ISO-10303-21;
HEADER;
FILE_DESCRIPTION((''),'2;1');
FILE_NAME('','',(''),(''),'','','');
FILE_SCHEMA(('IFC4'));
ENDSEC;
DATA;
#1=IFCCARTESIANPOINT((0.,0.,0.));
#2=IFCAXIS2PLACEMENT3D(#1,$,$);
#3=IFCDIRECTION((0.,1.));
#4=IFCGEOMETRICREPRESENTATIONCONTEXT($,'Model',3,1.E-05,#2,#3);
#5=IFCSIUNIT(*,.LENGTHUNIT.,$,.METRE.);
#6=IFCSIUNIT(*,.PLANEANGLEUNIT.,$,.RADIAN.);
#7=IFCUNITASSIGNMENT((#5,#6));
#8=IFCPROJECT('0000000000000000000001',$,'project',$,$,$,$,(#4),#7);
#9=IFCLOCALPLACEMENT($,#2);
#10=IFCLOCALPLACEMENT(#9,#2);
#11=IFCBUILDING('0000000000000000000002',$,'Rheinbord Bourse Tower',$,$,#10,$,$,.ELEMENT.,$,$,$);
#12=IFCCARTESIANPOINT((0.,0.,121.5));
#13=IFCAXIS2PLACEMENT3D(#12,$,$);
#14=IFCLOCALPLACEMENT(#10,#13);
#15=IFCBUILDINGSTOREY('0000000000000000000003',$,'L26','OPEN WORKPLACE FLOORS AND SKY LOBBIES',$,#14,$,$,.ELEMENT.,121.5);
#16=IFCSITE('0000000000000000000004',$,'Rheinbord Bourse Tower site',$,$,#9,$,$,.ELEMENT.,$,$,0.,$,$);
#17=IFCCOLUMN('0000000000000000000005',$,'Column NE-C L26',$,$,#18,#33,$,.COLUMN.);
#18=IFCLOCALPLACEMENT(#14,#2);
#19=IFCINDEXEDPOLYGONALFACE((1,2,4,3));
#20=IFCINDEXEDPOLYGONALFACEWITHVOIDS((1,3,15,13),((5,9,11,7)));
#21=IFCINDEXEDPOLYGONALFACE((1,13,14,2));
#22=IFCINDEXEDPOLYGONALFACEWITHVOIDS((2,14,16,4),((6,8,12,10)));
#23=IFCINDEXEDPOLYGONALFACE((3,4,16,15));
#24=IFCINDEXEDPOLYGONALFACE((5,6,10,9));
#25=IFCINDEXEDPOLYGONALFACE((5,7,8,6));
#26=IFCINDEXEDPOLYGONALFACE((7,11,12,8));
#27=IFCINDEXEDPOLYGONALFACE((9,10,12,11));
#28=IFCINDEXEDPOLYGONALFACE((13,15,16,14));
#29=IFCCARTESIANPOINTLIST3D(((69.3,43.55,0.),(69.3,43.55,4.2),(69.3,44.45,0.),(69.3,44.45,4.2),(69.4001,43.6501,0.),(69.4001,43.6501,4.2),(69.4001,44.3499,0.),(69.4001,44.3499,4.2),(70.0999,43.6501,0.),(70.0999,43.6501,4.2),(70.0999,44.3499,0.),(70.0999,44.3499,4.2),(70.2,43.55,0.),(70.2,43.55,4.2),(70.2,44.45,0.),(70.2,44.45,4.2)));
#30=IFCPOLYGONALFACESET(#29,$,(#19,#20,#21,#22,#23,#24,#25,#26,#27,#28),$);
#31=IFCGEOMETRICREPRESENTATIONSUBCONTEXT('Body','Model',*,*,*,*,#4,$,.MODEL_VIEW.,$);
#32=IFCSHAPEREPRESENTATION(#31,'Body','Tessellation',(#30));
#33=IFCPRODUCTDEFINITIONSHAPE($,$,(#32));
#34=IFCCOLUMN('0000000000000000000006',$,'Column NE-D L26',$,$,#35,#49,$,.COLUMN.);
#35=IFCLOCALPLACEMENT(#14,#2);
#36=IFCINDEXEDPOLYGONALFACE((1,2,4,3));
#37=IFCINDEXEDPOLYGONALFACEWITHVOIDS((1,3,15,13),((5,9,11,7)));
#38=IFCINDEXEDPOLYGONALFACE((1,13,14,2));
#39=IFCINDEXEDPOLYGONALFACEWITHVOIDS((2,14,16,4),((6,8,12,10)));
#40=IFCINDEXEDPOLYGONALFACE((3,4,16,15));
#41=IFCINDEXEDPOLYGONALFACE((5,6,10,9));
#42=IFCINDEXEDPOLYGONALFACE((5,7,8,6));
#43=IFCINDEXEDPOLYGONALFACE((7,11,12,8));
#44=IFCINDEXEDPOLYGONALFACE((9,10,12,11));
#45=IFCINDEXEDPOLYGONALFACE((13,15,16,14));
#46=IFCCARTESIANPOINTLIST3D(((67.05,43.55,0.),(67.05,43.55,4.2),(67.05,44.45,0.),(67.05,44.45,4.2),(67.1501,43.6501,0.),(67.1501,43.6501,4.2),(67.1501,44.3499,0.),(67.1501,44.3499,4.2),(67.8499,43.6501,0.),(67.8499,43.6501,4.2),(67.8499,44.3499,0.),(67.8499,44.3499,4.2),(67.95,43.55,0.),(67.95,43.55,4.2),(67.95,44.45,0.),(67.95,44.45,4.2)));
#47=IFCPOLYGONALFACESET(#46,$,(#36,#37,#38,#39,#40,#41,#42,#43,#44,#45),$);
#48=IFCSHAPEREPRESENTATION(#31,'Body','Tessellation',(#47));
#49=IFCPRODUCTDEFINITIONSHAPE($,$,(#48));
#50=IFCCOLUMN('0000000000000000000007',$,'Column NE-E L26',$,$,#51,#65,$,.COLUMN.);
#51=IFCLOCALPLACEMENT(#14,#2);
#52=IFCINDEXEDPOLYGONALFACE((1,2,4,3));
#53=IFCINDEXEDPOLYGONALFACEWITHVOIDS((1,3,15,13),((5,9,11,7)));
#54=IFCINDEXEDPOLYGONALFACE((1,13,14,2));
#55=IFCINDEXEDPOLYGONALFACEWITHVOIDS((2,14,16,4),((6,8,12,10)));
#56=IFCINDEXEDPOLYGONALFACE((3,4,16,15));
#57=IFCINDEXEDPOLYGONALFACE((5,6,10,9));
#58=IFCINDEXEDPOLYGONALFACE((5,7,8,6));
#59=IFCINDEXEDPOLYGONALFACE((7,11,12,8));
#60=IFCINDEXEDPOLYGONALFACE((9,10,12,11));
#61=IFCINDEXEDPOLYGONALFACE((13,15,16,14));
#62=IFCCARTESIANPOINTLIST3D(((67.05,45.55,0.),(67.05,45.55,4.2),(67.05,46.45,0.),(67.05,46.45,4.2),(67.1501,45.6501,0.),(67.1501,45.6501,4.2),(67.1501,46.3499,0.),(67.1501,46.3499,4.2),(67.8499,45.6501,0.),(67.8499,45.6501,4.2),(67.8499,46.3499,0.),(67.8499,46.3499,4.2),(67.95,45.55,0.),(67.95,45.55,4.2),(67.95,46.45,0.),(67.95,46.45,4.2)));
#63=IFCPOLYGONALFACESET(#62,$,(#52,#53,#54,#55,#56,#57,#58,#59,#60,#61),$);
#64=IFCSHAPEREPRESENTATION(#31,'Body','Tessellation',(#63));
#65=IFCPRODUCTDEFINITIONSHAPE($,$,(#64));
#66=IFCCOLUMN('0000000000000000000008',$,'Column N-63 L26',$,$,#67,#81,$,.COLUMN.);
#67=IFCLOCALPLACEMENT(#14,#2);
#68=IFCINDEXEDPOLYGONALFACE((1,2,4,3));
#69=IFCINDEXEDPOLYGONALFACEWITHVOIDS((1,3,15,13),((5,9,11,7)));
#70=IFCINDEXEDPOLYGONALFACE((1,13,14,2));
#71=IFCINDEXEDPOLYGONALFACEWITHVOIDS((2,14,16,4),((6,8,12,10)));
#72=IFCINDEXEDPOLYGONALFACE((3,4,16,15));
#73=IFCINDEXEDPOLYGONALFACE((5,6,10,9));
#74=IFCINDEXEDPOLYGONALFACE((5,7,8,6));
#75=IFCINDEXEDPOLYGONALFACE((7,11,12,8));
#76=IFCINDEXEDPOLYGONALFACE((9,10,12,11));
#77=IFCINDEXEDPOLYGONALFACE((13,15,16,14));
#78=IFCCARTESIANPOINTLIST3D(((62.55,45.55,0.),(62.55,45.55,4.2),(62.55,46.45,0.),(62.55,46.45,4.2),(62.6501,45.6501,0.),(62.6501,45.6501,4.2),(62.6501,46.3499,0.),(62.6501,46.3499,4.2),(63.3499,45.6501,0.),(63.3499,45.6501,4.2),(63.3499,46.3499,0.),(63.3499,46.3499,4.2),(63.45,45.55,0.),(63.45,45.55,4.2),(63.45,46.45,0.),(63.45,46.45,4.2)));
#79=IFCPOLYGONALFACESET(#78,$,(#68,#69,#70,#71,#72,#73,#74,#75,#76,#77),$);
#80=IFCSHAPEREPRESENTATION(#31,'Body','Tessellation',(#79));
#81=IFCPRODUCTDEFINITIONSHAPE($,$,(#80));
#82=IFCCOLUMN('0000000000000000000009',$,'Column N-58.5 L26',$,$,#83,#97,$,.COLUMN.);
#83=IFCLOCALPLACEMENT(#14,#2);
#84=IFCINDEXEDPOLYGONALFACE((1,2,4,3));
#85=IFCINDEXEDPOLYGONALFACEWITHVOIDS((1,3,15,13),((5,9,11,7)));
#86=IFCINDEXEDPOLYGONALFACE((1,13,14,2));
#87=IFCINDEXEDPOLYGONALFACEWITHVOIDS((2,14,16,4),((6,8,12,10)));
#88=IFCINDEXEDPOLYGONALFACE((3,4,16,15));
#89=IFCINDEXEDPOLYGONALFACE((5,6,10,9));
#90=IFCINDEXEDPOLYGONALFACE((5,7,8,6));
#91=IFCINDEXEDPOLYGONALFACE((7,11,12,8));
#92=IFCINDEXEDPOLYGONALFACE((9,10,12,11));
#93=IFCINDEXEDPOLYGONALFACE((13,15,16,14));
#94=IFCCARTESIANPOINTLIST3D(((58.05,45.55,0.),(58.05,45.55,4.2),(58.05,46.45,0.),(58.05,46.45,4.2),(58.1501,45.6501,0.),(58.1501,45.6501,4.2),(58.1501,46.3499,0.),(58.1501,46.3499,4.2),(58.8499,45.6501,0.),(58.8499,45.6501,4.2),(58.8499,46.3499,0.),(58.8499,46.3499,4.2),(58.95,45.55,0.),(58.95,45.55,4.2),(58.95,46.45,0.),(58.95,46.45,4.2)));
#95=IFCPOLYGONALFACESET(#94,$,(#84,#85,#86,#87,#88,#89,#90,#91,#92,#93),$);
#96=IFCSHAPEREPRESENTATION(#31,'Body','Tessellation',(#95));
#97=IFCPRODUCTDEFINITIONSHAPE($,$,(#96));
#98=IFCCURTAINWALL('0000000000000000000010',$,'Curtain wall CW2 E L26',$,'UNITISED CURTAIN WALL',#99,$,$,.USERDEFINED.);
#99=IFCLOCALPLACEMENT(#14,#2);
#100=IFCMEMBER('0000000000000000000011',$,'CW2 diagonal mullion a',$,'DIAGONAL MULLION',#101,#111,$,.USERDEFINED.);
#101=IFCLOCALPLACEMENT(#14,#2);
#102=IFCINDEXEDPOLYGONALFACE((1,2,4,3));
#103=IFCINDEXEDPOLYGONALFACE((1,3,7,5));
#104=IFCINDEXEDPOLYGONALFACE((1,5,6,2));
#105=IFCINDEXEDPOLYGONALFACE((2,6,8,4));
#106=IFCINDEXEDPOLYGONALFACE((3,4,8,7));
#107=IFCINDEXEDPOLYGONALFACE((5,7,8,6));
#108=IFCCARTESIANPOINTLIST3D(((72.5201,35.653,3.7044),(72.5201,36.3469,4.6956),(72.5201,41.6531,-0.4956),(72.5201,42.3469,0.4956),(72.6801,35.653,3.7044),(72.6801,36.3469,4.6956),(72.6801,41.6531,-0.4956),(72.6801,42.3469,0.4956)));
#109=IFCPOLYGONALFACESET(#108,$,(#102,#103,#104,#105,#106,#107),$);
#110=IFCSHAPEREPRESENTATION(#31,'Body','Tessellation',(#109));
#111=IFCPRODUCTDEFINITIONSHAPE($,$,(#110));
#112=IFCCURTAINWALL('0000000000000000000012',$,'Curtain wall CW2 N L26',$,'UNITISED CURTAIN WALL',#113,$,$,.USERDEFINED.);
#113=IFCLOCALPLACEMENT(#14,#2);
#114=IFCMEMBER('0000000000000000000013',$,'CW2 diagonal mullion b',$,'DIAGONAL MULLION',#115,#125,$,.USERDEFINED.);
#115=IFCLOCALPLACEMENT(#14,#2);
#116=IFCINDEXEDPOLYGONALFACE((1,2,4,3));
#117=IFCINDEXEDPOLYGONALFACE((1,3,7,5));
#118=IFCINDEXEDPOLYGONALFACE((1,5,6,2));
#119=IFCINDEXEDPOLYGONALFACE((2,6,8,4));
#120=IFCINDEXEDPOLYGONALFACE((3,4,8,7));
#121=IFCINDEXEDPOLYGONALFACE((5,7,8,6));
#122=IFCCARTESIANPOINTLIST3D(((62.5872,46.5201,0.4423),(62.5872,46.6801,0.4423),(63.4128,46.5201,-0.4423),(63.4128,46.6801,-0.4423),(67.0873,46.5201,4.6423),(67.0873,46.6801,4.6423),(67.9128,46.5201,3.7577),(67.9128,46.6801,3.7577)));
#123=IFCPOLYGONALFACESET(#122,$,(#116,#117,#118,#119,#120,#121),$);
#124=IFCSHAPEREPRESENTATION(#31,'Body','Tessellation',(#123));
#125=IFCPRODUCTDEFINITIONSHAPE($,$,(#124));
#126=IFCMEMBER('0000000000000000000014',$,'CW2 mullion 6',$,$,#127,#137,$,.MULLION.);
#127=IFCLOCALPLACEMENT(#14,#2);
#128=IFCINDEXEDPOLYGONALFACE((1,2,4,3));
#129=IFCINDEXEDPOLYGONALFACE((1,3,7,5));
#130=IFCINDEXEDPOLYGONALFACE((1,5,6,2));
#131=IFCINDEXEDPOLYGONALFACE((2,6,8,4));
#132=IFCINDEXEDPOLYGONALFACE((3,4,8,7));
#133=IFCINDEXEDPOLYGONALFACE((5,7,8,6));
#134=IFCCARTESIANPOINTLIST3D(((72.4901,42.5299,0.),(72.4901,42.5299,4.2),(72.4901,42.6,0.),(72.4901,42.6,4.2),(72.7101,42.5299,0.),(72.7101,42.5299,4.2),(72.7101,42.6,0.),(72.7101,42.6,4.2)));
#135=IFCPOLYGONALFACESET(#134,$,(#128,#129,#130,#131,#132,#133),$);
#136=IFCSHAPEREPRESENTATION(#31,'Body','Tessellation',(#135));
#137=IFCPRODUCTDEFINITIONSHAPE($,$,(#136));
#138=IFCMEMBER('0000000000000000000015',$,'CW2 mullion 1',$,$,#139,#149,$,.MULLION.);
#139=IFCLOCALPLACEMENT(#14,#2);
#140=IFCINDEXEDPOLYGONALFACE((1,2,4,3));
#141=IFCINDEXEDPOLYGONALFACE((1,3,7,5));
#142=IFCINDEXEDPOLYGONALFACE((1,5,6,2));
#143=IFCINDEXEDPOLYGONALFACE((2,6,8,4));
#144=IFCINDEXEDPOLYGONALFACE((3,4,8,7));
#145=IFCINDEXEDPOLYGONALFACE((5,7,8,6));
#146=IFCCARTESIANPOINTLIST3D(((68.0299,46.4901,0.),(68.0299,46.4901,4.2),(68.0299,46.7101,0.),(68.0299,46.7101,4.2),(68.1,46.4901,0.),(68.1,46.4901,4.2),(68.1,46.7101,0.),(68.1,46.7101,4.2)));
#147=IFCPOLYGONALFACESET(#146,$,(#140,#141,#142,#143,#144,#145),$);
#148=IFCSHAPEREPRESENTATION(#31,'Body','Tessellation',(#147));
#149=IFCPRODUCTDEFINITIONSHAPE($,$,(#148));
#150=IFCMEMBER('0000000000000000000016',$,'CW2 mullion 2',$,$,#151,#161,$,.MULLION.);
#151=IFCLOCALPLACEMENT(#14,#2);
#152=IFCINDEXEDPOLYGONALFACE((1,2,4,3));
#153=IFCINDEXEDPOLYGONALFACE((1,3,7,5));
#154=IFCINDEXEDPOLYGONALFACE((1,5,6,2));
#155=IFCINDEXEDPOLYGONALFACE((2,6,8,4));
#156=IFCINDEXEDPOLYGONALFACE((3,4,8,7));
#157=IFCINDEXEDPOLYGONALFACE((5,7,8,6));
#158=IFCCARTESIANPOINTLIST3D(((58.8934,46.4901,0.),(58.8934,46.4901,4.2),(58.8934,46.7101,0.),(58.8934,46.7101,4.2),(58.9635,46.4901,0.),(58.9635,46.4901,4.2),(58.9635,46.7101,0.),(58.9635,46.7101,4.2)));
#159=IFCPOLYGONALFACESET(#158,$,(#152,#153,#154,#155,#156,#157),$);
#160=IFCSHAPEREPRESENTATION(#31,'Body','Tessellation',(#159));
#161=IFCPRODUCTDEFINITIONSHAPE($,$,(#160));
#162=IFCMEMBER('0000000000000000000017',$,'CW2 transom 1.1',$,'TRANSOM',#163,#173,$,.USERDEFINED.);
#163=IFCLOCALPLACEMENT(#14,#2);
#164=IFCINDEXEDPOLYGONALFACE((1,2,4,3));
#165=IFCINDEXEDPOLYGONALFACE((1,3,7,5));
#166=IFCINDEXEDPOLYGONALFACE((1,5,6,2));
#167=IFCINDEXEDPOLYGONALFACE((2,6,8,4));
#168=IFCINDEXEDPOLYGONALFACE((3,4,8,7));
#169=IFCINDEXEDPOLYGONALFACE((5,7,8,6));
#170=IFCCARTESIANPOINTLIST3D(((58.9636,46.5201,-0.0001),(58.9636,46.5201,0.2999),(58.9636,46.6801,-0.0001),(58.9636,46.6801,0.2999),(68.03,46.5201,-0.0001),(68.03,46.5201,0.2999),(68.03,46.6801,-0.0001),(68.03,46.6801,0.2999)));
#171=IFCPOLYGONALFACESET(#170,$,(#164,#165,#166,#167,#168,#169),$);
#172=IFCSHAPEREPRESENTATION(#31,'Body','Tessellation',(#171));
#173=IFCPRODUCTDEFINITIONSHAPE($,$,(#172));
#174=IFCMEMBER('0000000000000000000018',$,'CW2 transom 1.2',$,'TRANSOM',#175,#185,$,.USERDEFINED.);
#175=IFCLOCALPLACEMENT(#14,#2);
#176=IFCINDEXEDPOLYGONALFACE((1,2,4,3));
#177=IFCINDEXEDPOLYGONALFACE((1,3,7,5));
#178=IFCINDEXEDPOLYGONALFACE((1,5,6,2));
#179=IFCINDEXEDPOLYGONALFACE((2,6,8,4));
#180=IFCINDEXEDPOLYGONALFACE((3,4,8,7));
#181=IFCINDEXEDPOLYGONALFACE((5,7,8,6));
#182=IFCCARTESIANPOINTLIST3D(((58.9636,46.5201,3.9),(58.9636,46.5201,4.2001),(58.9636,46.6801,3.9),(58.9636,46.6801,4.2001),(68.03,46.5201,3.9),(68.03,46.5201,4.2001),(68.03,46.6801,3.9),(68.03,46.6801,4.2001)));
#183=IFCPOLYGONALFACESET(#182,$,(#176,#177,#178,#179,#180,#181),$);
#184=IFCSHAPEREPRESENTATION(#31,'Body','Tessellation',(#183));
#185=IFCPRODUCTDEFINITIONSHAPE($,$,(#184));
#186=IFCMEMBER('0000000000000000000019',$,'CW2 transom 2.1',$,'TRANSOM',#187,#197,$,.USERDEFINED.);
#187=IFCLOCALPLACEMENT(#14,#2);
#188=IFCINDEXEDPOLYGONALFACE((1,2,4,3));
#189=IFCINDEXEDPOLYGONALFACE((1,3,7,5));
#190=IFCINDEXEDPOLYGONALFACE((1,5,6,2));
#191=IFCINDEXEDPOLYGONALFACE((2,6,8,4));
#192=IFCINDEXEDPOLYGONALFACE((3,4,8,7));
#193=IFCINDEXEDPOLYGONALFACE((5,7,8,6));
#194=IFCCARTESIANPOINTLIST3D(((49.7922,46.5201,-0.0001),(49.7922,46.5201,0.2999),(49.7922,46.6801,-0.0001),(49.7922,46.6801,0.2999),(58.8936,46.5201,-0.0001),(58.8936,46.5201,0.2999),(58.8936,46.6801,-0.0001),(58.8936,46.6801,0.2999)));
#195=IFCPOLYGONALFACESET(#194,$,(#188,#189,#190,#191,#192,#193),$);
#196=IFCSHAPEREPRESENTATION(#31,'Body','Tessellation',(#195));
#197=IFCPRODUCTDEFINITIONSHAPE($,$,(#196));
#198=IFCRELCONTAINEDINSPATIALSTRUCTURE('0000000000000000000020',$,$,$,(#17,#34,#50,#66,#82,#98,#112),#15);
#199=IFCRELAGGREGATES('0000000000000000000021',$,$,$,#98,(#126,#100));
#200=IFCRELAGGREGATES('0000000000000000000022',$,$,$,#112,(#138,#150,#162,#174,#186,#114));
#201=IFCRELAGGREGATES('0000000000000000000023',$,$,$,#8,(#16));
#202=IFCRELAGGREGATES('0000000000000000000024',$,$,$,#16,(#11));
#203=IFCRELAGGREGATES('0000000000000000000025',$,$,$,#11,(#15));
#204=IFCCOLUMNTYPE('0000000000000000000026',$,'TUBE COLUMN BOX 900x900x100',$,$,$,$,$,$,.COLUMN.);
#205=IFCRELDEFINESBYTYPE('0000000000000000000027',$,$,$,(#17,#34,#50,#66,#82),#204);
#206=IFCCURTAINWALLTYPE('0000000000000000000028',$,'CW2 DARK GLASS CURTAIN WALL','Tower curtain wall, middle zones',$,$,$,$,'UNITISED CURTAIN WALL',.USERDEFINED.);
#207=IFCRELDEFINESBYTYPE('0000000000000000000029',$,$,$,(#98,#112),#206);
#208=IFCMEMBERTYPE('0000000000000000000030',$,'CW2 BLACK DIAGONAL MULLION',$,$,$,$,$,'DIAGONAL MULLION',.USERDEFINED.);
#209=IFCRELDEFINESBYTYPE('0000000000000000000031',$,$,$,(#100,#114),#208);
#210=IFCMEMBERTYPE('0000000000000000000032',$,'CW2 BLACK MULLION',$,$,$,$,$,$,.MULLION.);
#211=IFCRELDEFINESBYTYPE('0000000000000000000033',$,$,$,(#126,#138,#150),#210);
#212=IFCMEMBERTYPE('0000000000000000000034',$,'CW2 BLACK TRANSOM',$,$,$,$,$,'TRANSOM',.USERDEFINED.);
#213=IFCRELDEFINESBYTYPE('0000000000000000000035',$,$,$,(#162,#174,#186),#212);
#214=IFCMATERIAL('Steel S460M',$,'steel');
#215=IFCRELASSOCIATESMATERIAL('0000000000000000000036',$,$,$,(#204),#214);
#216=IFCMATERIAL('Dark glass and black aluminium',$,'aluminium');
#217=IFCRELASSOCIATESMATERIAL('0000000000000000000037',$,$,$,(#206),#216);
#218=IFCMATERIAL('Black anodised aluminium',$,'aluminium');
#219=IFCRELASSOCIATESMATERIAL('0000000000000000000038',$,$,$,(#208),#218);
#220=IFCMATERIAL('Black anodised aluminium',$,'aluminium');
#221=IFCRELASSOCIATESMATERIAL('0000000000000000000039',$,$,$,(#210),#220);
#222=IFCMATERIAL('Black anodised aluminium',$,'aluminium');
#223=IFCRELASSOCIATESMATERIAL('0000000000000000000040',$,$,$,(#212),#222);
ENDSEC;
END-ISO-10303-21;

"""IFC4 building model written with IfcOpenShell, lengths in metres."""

from ifc_helpers import new_model, si_unit, direction, frame, origin, origin_2d, place, context, subcontext, project, spatial, rectangle, hollow_rectangle, extrude, material, material_profile, profile_set, type_object, element, aggregate, save


model = new_model("IFC4")

# Units and contexts
model_context = context("Model", 3, precision=1e-05, world=origin(), true_north=direction((0.0, 1.0)))
body_context = subcontext(model_context, "Body", "Model", "MODEL_VIEW")
ifc_project = project(units=[si_unit("LENGTHUNIT", "METRE"), si_unit("PLANEANGLEUNIT", "RADIAN")], contexts=[model_context])

# Site, building, storey
site_placement = place(None, origin())
site = spatial("IfcSite", under=ifc_project, at=site_placement, Name="Rheinbord Bourse Tower site", CompositionType="ELEMENT", RefElevation=0.0)
building_placement = place(site_placement, origin())
building = spatial("IfcBuilding", under=site, at=building_placement, Name="Rheinbord Bourse Tower", CompositionType="ELEMENT")
storey_placement = place(building_placement, frame((0.0, 0.0, 121.5)))
storey = spatial("IfcBuildingStorey", under=building, at=storey_placement, Name="L26", Description="OPEN WORKPLACE FLOORS AND SKY LOBBIES", CompositionType="ELEMENT", Elevation=121.5)

# Columns
ifc_material_1 = material(Name="Steel S460M", Category="steel")
ifc_material_profile_1 = material_profile(ifc_material_1, hollow_rectangle(XDim=0.8999, YDim=0.8999, WallThickness=0.1001, at=origin_2d()), Name="BOX 900x900x100")
ifc_profile_set_1 = profile_set([ifc_material_profile_1], Name="Steel S460M")
column_type = type_object("IfcColumnType", Name="TUBE COLUMN BOX 900x900x100", PredefinedType="COLUMN", material=ifc_profile_set_1)
for number, where, z_axis, x_axis, name in (
    (1, (69.75, 44.0, 0.0), (0.0, 0.0, 1.0), (1.0, 0.0, 0.0), "Column NE-C L26"),
    (2, (67.5, 44.0, 0.0), (0.0, 0.0, 1.0), (0.0, 1.0, 0.0), "Column NE-D L26"),
    (3, (67.5, 46.0, 0.0), (0.0, 0.0, 1.0), (0.0, 1.0, 0.0), "Column NE-E L26"),
    (4, (63.0, 46.0, 0.0), (0.0, 0.0, 1.0), (0.0, 1.0, 0.0), "Column N-63 L26"),
    (5, (58.5, 46.0, 0.0), (0.0, 0.0, 1.0), (0.0, 1.0, 0.0), "Column N-58.5 L26"),
):
    element("IfcColumn", number, at=place(storey_placement, frame(where, z_axis=z_axis, x_axis=x_axis)), inside=storey, type_object=column_type, Name=name, PredefinedType="COLUMN", context=body_context, shape_type="SweptSolid", body=[
        extrude(hollow_rectangle(XDim=0.8999, YDim=0.8999, WallThickness=0.1001, at=origin_2d()), origin(), (0.0, 0.0, 1.0), 4.2),
    ])

# Curtain walls, members
ifc_material_2 = material(Name="Dark glass and black aluminium", Category="aluminium")
curtain_wall_type = type_object("IfcCurtainWallType", Name="CW2 DARK GLASS CURTAIN WALL", Description="Tower curtain wall, middle zones", ElementType="UNITISED CURTAIN WALL", PredefinedType="USERDEFINED", material=ifc_material_2)
curtain_wall_1_placement = place(storey_placement, origin())
curtain_wall_1 = element("IfcCurtainWall", 6, at=curtain_wall_1_placement, inside=storey, type_object=curtain_wall_type, Name="Curtain wall CW2 E L26", ObjectType="UNITISED CURTAIN WALL", PredefinedType="USERDEFINED")
ifc_material_3 = material(Name="Black anodised aluminium", Category="aluminium")
ifc_material_profile_2 = material_profile(ifc_material_3, rectangle(XDim=0.1599, YDim=1.21, at=origin_2d()), Name="CW2 DIAGONAL MULLION 1210x160")
ifc_profile_set_2 = profile_set([ifc_material_profile_2], Name="Black anodised aluminium")
member_type_1 = type_object("IfcMemberType", Name="CW2 BLACK DIAGONAL MULLION", ElementType="DIAGONAL MULLION", PredefinedType="USERDEFINED", material=ifc_profile_set_2)
member_1_placement = place(storey_placement, frame((72.6001, 42.0, 0.0), z_axis=(0.0, -0.819235, 0.573458), x_axis=(1.0, 0.0, 0.0)))
member_1 = element("IfcMember", 7, at=member_1_placement, type_object=member_type_1, Name="CW2 diagonal mullion a", ObjectType="DIAGONAL MULLION", PredefinedType="USERDEFINED", context=body_context, shape_type="SweptSolid", body=[
    extrude(rectangle(XDim=0.1599, YDim=1.21, at=origin_2d()), origin(), (0.0, 0.0, 1.0), 7.324),
])
curtain_wall_2_placement = place(storey_placement, origin())
curtain_wall_2 = element("IfcCurtainWall", 8, at=curtain_wall_2_placement, inside=storey, type_object=curtain_wall_type, Name="Curtain wall CW2 N L26", ObjectType="UNITISED CURTAIN WALL", PredefinedType="USERDEFINED")
member_2_placement = place(storey_placement, frame((63.0, 46.6001, 0.0), z_axis=(0.731059, 0.0, 0.682314), x_axis=(0.0, 1.0, 0.0)))
member_2 = element("IfcMember", 9, at=member_2_placement, type_object=member_type_1, Name="CW2 diagonal mullion b", ObjectType="DIAGONAL MULLION", PredefinedType="USERDEFINED", context=body_context, shape_type="SweptSolid", body=[
    extrude(rectangle(XDim=0.1599, YDim=1.21, at=origin_2d()), origin(), (0.0, 0.0, 1.0), 6.1555),
])

# Members
ifc_material_4 = material(Name="Black anodised aluminium", Category="aluminium")
ifc_material_profile_3 = material_profile(ifc_material_4, rectangle(XDim=0.22, YDim=0.0701, at=origin_2d()), Name="CW2 MULLION 70x220")
ifc_profile_set_3 = profile_set([ifc_material_profile_3], Name="Black anodised aluminium")
member_type_2 = type_object("IfcMemberType", Name="CW2 BLACK MULLION", PredefinedType="MULLION", material=ifc_profile_set_3)
member_3_placement = place(storey_placement, frame((72.6001, 42.5649, 0.0), z_axis=(0.0, 0.0, 1.0), x_axis=(-1.0, 0.0, 0.0)))
member_3 = element("IfcMember", 10, at=member_3_placement, type_object=member_type_2, Name="CW2 mullion 6", PredefinedType="MULLION", context=body_context, shape_type="SweptSolid", body=[
    extrude(rectangle(XDim=0.22, YDim=0.0701, at=origin_2d()), origin(), (0.0, 0.0, 1.0), 4.2),
])
member_4_placement = place(storey_placement, frame((68.0649, 46.6001, 0.0), z_axis=(0.0, 0.0, 1.0), x_axis=(0.0, -1.0, 0.0)))
member_4 = element("IfcMember", 11, at=member_4_placement, type_object=member_type_2, Name="CW2 mullion 1", PredefinedType="MULLION", context=body_context, shape_type="SweptSolid", body=[
    extrude(rectangle(XDim=0.22, YDim=0.0701, at=origin_2d()), origin(), (0.0, 0.0, 1.0), 4.2),
])
member_5_placement = place(storey_placement, frame((58.9285, 46.6001, 0.0), z_axis=(0.0, 0.0, 1.0), x_axis=(0.0, -1.0, 0.0)))
member_5 = element("IfcMember", 12, at=member_5_placement, type_object=member_type_2, Name="CW2 mullion 2", PredefinedType="MULLION", context=body_context, shape_type="SweptSolid", body=[
    extrude(rectangle(XDim=0.22, YDim=0.0701, at=origin_2d()), origin(), (0.0, 0.0, 1.0), 4.2),
])
ifc_material_5 = material(Name="Black anodised aluminium", Category="aluminium")
ifc_material_profile_4 = material_profile(ifc_material_5, rectangle(XDim=0.1599, YDim=0.3, at=origin_2d()), Name="CW2 TRANSOM 300x160")
ifc_profile_set_4 = profile_set([ifc_material_profile_4], Name="Black anodised aluminium")
member_type_3 = type_object("IfcMemberType", Name="CW2 BLACK TRANSOM", ElementType="TRANSOM", PredefinedType="USERDEFINED", material=ifc_profile_set_4)
member_6_placement = place(storey_placement, frame((68.03, 46.6001, 0.1499), z_axis=(-1.0, 0.0, 0.0), x_axis=(0.0, -1.0, 0.0)))
member_6 = element("IfcMember", 13, at=member_6_placement, type_object=member_type_3, Name="CW2 transom 1.1", ObjectType="TRANSOM", PredefinedType="USERDEFINED", context=body_context, shape_type="SweptSolid", body=[
    extrude(rectangle(XDim=0.1599, YDim=0.3, at=origin_2d()), origin(), (0.0, 0.0, 1.0), 9.0664),
])
member_7_placement = place(storey_placement, frame((68.03, 46.6001, 4.05), z_axis=(-1.0, 0.0, 0.0), x_axis=(0.0, -1.0, 0.0)))
member_7 = element("IfcMember", 14, at=member_7_placement, type_object=member_type_3, Name="CW2 transom 1.2", ObjectType="TRANSOM", PredefinedType="USERDEFINED", context=body_context, shape_type="SweptSolid", body=[
    extrude(rectangle(XDim=0.1599, YDim=0.3, at=origin_2d()), origin(), (0.0, 0.0, 1.0), 9.0664),
])
member_8_placement = place(storey_placement, frame((58.8936, 46.6001, 0.1499), z_axis=(-1.0, 0.0, 0.0), x_axis=(0.0, -1.0, 0.0)))
member_8 = element("IfcMember", 15, at=member_8_placement, type_object=member_type_3, Name="CW2 transom 2.1", ObjectType="TRANSOM", PredefinedType="USERDEFINED", context=body_context, shape_type="SweptSolid", body=[
    extrude(rectangle(XDim=0.1599, YDim=0.3, at=origin_2d()), origin(), (0.0, 0.0, 1.0), 9.1013),
])

aggregate(curtain_wall_1, [member_3, member_1])
aggregate(curtain_wall_2, [member_4, member_5, member_6, member_7, member_8, member_2])

save(model, "model.ifc")
